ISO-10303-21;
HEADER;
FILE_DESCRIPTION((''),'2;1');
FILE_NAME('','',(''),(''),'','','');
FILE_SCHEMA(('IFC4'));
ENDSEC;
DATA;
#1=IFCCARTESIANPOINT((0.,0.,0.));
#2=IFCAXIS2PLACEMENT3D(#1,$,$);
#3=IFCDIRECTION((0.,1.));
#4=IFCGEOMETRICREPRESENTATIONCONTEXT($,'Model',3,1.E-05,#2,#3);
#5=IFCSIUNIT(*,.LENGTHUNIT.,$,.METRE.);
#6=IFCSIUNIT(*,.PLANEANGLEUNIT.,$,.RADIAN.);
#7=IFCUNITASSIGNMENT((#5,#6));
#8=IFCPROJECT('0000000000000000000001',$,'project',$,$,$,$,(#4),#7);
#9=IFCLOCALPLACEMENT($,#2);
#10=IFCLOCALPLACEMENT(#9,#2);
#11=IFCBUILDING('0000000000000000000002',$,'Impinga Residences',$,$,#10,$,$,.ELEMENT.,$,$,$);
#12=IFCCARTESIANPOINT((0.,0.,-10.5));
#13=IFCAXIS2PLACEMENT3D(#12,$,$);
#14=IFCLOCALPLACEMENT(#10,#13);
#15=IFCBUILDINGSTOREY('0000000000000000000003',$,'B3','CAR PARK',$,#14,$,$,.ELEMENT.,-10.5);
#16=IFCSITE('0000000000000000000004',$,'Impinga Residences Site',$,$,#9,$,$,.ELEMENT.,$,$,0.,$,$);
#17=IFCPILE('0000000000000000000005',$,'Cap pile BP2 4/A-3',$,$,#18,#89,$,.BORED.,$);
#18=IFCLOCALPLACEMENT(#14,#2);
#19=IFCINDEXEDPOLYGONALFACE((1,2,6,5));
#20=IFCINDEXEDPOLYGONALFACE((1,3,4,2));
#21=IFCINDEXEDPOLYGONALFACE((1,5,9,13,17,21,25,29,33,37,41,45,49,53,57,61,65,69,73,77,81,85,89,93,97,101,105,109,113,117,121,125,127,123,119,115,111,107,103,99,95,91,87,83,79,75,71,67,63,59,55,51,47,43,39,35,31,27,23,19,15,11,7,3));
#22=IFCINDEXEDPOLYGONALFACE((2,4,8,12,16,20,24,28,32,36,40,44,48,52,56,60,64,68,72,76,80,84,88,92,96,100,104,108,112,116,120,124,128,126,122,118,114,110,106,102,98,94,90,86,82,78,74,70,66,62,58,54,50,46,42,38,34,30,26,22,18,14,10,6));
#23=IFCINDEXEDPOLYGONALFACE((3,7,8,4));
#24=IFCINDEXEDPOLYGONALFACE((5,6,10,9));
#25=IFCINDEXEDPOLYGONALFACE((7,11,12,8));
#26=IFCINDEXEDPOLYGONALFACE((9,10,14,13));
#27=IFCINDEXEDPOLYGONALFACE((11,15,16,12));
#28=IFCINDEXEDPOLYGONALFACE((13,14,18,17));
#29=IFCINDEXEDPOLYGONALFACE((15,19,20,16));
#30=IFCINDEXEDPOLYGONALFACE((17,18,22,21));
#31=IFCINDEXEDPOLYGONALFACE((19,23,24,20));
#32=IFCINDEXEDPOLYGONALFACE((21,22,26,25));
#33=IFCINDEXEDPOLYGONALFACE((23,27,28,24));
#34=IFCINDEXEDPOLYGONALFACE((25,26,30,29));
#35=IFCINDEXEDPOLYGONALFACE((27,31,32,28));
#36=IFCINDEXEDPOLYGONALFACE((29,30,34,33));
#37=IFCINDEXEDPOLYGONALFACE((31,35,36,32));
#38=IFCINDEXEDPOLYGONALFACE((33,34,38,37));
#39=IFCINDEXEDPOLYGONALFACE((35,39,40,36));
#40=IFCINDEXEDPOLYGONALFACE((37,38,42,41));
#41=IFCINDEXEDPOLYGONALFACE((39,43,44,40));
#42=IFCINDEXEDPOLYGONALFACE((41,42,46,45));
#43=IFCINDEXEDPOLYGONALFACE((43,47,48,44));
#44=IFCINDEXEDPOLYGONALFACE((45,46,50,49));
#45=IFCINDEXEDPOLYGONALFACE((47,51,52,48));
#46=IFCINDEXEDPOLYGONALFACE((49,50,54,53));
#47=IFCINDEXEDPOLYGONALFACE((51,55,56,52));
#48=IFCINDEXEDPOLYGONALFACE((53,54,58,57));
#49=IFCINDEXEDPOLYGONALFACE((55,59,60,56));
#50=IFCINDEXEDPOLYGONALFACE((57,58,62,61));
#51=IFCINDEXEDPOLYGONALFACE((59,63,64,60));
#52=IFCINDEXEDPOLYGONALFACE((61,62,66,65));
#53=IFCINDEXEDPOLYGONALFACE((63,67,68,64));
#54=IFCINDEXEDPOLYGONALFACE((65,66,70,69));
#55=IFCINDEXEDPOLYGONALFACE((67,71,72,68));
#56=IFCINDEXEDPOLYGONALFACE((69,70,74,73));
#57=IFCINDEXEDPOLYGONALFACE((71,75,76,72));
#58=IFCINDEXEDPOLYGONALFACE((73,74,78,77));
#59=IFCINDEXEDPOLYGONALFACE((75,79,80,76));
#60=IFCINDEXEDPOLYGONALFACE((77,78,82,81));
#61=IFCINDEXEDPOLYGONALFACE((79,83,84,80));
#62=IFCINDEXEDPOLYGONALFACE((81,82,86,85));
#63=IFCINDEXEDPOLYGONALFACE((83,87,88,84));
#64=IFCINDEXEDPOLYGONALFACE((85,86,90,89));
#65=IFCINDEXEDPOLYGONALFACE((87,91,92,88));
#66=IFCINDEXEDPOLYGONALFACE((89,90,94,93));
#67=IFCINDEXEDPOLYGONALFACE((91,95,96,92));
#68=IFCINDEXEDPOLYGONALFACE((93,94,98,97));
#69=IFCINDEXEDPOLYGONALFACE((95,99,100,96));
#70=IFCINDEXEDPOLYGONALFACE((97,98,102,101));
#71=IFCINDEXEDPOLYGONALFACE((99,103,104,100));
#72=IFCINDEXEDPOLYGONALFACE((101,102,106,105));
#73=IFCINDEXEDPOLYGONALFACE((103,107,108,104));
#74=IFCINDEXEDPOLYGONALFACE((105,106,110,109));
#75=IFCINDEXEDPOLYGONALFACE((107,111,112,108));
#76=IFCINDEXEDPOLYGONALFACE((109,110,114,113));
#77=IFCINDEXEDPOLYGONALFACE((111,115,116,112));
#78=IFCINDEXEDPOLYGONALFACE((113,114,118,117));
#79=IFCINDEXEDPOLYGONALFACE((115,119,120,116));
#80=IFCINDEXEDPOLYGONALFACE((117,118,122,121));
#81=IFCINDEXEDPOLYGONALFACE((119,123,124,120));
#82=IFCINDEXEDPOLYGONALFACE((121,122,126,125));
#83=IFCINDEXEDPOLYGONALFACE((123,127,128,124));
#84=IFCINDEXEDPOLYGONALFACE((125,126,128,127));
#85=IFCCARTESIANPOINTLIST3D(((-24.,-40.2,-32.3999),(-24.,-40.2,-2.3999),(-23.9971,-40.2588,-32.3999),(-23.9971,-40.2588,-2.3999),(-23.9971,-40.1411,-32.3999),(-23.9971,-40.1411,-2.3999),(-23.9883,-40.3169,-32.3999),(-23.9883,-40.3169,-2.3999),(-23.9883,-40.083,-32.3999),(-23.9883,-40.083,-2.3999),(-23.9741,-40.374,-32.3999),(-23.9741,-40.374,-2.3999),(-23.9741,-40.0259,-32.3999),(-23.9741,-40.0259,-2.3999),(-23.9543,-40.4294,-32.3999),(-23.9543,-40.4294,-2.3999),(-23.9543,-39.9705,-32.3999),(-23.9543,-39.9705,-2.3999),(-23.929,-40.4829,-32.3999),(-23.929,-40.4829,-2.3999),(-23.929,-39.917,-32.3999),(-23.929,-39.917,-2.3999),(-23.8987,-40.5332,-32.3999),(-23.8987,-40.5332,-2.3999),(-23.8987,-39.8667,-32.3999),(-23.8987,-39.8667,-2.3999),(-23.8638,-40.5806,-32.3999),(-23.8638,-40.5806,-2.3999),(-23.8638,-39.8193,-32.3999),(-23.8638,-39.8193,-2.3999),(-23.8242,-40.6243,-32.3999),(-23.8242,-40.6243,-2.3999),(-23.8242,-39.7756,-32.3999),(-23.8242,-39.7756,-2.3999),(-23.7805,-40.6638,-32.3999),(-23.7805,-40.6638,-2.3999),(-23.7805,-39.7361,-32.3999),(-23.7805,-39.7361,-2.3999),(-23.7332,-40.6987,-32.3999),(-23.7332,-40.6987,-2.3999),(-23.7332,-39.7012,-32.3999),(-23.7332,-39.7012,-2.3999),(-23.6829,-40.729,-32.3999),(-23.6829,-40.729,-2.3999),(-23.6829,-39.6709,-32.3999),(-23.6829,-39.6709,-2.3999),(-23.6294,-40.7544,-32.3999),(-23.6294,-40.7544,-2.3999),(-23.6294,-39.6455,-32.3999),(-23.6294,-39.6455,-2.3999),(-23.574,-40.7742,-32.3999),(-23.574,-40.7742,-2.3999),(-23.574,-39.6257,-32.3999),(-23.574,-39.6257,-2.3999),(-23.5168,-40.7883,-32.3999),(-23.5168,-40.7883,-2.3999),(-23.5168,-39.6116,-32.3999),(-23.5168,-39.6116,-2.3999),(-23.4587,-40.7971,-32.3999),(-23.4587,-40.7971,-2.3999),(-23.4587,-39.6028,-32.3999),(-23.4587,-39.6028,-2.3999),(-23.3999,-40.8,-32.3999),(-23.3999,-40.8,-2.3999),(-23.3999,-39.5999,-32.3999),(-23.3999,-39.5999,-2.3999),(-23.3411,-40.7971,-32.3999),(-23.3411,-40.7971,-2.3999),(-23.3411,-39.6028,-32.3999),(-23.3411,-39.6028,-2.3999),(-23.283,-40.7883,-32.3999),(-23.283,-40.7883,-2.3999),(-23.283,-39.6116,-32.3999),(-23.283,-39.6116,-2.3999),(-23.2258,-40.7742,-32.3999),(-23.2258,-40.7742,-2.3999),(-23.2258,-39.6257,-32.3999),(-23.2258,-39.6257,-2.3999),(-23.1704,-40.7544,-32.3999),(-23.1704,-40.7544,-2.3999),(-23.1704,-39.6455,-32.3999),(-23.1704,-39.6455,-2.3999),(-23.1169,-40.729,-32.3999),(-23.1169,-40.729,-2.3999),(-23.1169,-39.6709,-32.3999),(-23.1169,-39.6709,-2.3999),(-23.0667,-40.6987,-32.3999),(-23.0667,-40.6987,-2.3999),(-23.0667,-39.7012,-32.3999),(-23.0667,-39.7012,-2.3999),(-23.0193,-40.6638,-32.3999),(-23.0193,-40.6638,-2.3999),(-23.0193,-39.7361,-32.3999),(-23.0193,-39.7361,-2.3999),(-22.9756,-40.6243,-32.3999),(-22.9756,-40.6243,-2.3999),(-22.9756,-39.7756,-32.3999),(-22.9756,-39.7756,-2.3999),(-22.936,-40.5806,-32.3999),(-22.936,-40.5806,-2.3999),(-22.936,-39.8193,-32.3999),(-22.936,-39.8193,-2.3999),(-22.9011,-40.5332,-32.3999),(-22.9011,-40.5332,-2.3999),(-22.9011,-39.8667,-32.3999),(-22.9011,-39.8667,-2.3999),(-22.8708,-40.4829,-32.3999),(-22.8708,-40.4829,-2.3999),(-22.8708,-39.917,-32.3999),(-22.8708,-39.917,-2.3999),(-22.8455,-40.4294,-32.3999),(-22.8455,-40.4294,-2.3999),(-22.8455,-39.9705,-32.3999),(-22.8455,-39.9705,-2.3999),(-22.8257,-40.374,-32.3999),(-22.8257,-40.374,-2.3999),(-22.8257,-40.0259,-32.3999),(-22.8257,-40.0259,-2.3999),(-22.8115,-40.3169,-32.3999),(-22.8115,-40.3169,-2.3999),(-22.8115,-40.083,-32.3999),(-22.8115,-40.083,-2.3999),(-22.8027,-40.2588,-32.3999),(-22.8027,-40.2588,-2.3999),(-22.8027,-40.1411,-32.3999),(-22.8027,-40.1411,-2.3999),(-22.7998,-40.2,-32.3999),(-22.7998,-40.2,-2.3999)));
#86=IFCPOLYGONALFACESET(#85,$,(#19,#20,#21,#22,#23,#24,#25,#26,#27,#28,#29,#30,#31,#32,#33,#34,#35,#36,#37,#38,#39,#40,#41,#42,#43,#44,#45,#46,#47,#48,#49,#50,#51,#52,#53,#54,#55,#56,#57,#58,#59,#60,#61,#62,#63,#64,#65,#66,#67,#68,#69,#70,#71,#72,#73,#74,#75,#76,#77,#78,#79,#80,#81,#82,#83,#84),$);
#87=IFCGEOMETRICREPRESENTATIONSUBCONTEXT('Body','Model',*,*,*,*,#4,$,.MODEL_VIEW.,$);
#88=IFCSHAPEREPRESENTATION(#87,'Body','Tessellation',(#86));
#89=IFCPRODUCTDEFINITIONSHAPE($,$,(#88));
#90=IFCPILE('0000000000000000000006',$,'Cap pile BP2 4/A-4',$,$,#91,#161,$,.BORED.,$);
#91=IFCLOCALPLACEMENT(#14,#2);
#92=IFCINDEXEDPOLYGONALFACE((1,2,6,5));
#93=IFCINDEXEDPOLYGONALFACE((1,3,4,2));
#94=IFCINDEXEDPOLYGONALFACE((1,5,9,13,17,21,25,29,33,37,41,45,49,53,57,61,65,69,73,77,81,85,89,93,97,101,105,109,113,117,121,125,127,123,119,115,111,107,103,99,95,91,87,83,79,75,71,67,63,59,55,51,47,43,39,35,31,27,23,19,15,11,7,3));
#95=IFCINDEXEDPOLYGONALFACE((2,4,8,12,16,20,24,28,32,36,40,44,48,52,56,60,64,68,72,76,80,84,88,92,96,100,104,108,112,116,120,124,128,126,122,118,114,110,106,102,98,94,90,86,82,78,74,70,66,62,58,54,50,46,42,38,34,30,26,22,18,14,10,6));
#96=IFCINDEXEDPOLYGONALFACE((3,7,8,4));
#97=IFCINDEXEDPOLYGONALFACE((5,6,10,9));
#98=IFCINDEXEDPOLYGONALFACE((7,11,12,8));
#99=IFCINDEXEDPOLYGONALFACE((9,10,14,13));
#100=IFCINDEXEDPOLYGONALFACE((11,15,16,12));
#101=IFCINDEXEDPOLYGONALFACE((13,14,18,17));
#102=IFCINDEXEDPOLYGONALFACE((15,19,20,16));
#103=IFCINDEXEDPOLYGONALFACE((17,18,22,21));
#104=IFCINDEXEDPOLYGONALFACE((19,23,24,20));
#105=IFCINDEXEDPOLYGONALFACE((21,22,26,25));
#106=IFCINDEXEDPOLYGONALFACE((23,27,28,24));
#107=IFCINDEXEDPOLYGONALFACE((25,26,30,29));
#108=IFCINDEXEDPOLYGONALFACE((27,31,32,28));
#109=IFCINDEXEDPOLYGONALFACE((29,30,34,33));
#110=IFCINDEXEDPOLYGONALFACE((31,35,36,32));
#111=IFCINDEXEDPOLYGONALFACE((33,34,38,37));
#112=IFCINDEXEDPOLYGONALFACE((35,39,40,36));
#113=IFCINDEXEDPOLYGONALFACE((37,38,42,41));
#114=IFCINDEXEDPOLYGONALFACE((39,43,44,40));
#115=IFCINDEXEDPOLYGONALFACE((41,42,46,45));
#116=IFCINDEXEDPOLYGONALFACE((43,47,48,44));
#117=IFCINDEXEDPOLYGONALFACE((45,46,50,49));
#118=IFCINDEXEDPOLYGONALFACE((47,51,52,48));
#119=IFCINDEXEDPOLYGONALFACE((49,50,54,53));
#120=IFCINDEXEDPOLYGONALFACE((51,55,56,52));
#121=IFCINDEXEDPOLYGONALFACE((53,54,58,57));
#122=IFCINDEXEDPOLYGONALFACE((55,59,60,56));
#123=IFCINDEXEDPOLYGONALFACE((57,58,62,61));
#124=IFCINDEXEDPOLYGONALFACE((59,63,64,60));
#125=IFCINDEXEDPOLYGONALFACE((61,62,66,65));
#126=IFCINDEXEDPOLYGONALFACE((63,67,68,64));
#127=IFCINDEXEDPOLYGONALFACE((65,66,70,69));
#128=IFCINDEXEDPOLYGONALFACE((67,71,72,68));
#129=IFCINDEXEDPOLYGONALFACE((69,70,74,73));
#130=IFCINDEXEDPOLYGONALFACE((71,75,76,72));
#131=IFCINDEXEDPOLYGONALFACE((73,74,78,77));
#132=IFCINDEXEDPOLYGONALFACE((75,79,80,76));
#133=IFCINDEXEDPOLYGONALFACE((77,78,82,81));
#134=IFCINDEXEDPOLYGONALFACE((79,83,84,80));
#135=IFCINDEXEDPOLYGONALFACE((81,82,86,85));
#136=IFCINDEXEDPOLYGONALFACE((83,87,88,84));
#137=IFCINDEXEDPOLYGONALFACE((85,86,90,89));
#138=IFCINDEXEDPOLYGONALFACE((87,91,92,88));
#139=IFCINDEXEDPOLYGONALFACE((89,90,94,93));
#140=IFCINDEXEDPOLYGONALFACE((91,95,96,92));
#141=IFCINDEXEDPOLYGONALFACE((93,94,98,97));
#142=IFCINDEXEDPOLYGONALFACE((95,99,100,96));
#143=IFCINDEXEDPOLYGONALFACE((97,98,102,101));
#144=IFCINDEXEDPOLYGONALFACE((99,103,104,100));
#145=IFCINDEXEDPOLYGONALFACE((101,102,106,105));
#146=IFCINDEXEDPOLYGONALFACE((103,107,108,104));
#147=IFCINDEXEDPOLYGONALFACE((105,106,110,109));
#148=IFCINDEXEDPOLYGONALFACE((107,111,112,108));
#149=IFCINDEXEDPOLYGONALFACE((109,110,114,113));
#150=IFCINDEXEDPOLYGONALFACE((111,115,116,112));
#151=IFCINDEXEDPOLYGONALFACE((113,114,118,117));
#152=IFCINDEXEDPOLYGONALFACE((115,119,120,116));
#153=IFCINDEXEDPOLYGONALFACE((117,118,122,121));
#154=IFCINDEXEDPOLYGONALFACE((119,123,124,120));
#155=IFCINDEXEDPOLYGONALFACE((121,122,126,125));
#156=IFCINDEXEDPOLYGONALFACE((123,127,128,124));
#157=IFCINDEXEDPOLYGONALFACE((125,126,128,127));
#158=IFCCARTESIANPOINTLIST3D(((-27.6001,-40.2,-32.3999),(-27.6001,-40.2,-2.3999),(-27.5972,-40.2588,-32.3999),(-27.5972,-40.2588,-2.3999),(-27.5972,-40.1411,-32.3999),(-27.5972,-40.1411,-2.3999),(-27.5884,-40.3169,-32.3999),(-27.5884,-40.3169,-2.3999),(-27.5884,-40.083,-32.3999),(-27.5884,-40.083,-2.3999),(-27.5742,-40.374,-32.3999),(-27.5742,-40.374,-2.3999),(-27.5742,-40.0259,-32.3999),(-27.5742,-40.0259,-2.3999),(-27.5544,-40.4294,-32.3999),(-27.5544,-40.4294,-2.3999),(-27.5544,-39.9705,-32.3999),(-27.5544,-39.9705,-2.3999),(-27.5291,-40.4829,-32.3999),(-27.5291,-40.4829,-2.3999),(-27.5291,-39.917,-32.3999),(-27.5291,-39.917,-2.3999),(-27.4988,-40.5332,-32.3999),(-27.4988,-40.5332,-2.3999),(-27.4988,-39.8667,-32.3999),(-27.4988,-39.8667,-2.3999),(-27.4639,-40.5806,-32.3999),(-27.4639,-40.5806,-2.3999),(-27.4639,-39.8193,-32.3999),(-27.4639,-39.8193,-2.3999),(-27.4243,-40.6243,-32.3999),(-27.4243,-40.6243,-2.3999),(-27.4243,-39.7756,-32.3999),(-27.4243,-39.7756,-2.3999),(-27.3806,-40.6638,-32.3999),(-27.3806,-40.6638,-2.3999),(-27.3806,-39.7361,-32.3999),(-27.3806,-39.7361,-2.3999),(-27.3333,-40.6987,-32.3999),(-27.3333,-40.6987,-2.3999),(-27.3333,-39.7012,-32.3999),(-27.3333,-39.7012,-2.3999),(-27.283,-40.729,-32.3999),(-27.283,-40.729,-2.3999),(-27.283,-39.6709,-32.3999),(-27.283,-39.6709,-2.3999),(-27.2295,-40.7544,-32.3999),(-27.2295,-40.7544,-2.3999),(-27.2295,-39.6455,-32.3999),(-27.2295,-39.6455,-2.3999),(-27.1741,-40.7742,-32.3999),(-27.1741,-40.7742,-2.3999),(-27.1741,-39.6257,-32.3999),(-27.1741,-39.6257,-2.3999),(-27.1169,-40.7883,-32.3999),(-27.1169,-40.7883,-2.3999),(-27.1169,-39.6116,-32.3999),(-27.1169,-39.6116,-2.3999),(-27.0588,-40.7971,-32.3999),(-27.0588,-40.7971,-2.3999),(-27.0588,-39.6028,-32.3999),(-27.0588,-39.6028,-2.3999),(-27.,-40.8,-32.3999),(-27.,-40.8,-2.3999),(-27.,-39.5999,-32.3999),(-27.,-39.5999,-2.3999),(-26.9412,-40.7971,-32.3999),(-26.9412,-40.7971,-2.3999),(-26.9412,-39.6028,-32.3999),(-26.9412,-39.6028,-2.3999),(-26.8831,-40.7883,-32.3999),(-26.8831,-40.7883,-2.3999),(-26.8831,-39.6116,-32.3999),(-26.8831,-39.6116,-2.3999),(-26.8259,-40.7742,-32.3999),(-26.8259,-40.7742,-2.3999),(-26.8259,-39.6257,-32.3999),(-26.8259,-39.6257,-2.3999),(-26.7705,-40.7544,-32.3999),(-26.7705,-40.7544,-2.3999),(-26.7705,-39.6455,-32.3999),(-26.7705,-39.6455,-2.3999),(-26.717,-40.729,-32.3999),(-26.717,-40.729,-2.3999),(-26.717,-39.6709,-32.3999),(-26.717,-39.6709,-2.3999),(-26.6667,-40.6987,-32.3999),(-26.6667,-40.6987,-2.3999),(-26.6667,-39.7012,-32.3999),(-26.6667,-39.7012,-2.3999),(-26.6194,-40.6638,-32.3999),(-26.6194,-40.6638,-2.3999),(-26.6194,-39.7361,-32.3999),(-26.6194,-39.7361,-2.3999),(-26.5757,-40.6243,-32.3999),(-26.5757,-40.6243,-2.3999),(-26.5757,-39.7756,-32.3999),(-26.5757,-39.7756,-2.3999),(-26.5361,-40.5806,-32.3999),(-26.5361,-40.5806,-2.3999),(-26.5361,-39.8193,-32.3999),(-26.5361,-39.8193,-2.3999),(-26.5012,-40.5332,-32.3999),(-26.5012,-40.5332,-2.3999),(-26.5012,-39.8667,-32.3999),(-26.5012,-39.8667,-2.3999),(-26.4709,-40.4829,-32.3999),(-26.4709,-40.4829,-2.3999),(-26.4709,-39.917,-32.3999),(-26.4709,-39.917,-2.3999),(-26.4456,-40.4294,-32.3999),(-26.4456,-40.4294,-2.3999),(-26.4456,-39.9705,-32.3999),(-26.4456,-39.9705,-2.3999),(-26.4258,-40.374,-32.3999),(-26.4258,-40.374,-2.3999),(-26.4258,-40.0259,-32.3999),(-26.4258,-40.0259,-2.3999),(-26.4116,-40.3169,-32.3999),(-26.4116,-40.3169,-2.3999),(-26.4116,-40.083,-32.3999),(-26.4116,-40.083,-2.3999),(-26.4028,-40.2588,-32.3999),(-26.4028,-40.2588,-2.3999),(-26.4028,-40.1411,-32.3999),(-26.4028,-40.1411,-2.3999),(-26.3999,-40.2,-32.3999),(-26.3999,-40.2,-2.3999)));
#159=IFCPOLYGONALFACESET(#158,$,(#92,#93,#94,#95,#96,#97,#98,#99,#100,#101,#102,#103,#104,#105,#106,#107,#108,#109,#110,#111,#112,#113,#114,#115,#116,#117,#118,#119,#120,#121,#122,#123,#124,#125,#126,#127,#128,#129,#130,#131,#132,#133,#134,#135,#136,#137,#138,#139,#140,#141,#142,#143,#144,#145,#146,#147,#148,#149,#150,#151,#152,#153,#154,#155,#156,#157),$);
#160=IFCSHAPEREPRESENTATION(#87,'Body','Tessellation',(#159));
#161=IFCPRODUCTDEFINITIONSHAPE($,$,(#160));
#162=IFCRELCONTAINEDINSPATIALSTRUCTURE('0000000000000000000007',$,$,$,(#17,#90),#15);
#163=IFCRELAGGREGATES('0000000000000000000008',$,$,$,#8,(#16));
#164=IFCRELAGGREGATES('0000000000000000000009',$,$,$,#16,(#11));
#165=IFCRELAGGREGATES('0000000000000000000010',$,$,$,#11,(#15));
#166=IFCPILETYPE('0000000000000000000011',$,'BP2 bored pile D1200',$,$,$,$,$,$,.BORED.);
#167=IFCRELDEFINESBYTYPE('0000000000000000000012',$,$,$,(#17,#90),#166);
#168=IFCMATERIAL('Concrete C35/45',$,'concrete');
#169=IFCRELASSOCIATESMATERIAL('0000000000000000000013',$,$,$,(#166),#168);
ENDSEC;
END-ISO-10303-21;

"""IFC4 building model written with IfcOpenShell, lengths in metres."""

from ifc_helpers import new_model, si_unit, direction, frame, origin, origin_2d, place, context, subcontext, project, spatial, polyline, circle, outline, extrude, material, material_profile, profile_set, type_object, element, save


model = new_model("IFC4")

# Units and contexts
model_context = context("Model", 3, precision=1e-05, world=origin(), true_north=direction((0.0, 1.0)))
body_context = subcontext(model_context, "Body", "Model", "MODEL_VIEW")
ifc_project = project(units=[si_unit("LENGTHUNIT", "METRE"), si_unit("PLANEANGLEUNIT", "RADIAN")], contexts=[model_context])

# Site, building, storey
site_placement = place(None, origin())
site = spatial("IfcSite", under=ifc_project, at=site_placement, Name="Impinga Residences Site", CompositionType="ELEMENT", RefElevation=0.0)
building_placement = place(site_placement, origin())
building = spatial("IfcBuilding", under=site, at=building_placement, Name="Impinga Residences", CompositionType="ELEMENT")
storey_placement = place(building_placement, frame((0.0, 0.0, -10.5)))
storey = spatial("IfcBuildingStorey", under=building, at=storey_placement, Name="B3", Description="CAR PARK", CompositionType="ELEMENT", Elevation=-10.5)

# Piles
ifc_material_1 = material(Name="Concrete C35/45", Category="concrete")
ifc_material_profile_1 = material_profile(ifc_material_1, circle(Radius=0.6001, at=origin_2d()), Name="D1200")
ifc_profile_set_1 = profile_set([ifc_material_profile_1], Name="Concrete C35/45")
pile_type_1 = type_object("IfcPileType", Name="BP2 bored pile D1200", PredefinedType="BORED", material=ifc_profile_set_1)
pile_1_placement = place(storey_placement, frame((-23.3999, -40.2, -2.3999), z_axis=(0.0, 0.0, -1.0), x_axis=(1.0, 0.0, 0.0)))
element("IfcPile", 1, at=pile_1_placement, inside=storey, type_object=pile_type_1, Name="Cap pile BP2 4/A-3", PredefinedType="BORED", context=body_context, shape_type="SweptSolid", body=[
    extrude(outline(polyline([(0.6001, 0.0), (0.5972, 0.0588), (0.5884, 0.1169), (0.5742, 0.1741), (0.5544, 0.2295), (0.5291, 0.283), (0.4988, 0.3333), (0.4639, 0.3806), (0.4243, 0.4243), (0.3806, 0.4639), (0.3333, 0.4988), (0.283, 0.5291), (0.2295, 0.5544), (0.1741, 0.5742), (0.1169, 0.5884), (0.0588, 0.5972), (0.0, 0.6001), (-0.0588, 0.5972), (-0.1169, 0.5884), (-0.1741, 0.5742), (-0.2295, 0.5544), (-0.283, 0.5291), (-0.3333, 0.4988), (-0.3806, 0.4639), (-0.4243, 0.4243), (-0.4639, 0.3806), (-0.4988, 0.3333), (-0.5291, 0.283), (-0.5544, 0.2295), (-0.5742, 0.1741), (-0.5884, 0.1169), (-0.5972, 0.0588), (-0.6001, 0.0), (-0.5972, -0.0588), (-0.5884, -0.1169), (-0.5742, -0.1741), (-0.5544, -0.2295), (-0.5291, -0.283), (-0.4988, -0.3333), (-0.4639, -0.3806), (-0.4243, -0.4243), (-0.3806, -0.4639), (-0.3333, -0.4988), (-0.283, -0.5291), (-0.2295, -0.5544), (-0.1741, -0.5742), (-0.1169, -0.5884), (-0.0588, -0.5972), (0.0, -0.6001), (0.0588, -0.5972), (0.1169, -0.5884), (0.1741, -0.5742), (0.2295, -0.5544), (0.283, -0.5291), (0.3333, -0.4988), (0.3806, -0.4639), (0.4243, -0.4243), (0.4639, -0.3806), (0.4988, -0.3333), (0.5291, -0.283), (0.5544, -0.2295), (0.5742, -0.1741), (0.5884, -0.1169), (0.5972, -0.0588), (0.6001, 0.0)])), origin(), (0.0, 0.0, 1.0), 30.0),
])
pile_2_placement = place(storey_placement, frame((-27.0, -40.2, -2.3999), z_axis=(0.0, 0.0, -1.0), x_axis=(1.0, 0.0, 0.0)))
element("IfcPile", 2, at=pile_2_placement, inside=storey, type_object=pile_type_1, Name="Cap pile BP2 4/A-4", PredefinedType="BORED", context=body_context, shape_type="SweptSolid", body=[
    extrude(outline(polyline([(0.6001, 0.0), (0.5972, 0.0588), (0.5884, 0.1169), (0.5742, 0.1741), (0.5544, 0.2295), (0.5291, 0.283), (0.4988, 0.3333), (0.4639, 0.3806), (0.4243, 0.4243), (0.3806, 0.4639), (0.3333, 0.4988), (0.283, 0.5291), (0.2295, 0.5544), (0.1741, 0.5742), (0.1169, 0.5884), (0.0588, 0.5972), (0.0, 0.6001), (-0.0588, 0.5972), (-0.1169, 0.5884), (-0.1741, 0.5742), (-0.2295, 0.5544), (-0.283, 0.5291), (-0.3333, 0.4988), (-0.3806, 0.4639), (-0.4243, 0.4243), (-0.4639, 0.3806), (-0.4988, 0.3333), (-0.5291, 0.283), (-0.5544, 0.2295), (-0.5742, 0.1741), (-0.5884, 0.1169), (-0.5972, 0.0588), (-0.6001, 0.0), (-0.5972, -0.0588), (-0.5884, -0.1169), (-0.5742, -0.1741), (-0.5544, -0.2295), (-0.5291, -0.283), (-0.4988, -0.3333), (-0.4639, -0.3806), (-0.4243, -0.4243), (-0.3806, -0.4639), (-0.3333, -0.4988), (-0.283, -0.5291), (-0.2295, -0.5544), (-0.1741, -0.5742), (-0.1169, -0.5884), (-0.0588, -0.5972), (0.0, -0.6001), (0.0588, -0.5972), (0.1169, -0.5884), (0.1741, -0.5742), (0.2295, -0.5544), (0.283, -0.5291), (0.3333, -0.4988), (0.3806, -0.4639), (0.4243, -0.4243), (0.4639, -0.3806), (0.4988, -0.3333), (0.5291, -0.283), (0.5544, -0.2295), (0.5742, -0.1741), (0.5884, -0.1169), (0.5972, -0.0588), (0.6001, 0.0)])), origin(), (0.0, 0.0, 1.0), 30.0),
])

save(model, "model.ifc")
